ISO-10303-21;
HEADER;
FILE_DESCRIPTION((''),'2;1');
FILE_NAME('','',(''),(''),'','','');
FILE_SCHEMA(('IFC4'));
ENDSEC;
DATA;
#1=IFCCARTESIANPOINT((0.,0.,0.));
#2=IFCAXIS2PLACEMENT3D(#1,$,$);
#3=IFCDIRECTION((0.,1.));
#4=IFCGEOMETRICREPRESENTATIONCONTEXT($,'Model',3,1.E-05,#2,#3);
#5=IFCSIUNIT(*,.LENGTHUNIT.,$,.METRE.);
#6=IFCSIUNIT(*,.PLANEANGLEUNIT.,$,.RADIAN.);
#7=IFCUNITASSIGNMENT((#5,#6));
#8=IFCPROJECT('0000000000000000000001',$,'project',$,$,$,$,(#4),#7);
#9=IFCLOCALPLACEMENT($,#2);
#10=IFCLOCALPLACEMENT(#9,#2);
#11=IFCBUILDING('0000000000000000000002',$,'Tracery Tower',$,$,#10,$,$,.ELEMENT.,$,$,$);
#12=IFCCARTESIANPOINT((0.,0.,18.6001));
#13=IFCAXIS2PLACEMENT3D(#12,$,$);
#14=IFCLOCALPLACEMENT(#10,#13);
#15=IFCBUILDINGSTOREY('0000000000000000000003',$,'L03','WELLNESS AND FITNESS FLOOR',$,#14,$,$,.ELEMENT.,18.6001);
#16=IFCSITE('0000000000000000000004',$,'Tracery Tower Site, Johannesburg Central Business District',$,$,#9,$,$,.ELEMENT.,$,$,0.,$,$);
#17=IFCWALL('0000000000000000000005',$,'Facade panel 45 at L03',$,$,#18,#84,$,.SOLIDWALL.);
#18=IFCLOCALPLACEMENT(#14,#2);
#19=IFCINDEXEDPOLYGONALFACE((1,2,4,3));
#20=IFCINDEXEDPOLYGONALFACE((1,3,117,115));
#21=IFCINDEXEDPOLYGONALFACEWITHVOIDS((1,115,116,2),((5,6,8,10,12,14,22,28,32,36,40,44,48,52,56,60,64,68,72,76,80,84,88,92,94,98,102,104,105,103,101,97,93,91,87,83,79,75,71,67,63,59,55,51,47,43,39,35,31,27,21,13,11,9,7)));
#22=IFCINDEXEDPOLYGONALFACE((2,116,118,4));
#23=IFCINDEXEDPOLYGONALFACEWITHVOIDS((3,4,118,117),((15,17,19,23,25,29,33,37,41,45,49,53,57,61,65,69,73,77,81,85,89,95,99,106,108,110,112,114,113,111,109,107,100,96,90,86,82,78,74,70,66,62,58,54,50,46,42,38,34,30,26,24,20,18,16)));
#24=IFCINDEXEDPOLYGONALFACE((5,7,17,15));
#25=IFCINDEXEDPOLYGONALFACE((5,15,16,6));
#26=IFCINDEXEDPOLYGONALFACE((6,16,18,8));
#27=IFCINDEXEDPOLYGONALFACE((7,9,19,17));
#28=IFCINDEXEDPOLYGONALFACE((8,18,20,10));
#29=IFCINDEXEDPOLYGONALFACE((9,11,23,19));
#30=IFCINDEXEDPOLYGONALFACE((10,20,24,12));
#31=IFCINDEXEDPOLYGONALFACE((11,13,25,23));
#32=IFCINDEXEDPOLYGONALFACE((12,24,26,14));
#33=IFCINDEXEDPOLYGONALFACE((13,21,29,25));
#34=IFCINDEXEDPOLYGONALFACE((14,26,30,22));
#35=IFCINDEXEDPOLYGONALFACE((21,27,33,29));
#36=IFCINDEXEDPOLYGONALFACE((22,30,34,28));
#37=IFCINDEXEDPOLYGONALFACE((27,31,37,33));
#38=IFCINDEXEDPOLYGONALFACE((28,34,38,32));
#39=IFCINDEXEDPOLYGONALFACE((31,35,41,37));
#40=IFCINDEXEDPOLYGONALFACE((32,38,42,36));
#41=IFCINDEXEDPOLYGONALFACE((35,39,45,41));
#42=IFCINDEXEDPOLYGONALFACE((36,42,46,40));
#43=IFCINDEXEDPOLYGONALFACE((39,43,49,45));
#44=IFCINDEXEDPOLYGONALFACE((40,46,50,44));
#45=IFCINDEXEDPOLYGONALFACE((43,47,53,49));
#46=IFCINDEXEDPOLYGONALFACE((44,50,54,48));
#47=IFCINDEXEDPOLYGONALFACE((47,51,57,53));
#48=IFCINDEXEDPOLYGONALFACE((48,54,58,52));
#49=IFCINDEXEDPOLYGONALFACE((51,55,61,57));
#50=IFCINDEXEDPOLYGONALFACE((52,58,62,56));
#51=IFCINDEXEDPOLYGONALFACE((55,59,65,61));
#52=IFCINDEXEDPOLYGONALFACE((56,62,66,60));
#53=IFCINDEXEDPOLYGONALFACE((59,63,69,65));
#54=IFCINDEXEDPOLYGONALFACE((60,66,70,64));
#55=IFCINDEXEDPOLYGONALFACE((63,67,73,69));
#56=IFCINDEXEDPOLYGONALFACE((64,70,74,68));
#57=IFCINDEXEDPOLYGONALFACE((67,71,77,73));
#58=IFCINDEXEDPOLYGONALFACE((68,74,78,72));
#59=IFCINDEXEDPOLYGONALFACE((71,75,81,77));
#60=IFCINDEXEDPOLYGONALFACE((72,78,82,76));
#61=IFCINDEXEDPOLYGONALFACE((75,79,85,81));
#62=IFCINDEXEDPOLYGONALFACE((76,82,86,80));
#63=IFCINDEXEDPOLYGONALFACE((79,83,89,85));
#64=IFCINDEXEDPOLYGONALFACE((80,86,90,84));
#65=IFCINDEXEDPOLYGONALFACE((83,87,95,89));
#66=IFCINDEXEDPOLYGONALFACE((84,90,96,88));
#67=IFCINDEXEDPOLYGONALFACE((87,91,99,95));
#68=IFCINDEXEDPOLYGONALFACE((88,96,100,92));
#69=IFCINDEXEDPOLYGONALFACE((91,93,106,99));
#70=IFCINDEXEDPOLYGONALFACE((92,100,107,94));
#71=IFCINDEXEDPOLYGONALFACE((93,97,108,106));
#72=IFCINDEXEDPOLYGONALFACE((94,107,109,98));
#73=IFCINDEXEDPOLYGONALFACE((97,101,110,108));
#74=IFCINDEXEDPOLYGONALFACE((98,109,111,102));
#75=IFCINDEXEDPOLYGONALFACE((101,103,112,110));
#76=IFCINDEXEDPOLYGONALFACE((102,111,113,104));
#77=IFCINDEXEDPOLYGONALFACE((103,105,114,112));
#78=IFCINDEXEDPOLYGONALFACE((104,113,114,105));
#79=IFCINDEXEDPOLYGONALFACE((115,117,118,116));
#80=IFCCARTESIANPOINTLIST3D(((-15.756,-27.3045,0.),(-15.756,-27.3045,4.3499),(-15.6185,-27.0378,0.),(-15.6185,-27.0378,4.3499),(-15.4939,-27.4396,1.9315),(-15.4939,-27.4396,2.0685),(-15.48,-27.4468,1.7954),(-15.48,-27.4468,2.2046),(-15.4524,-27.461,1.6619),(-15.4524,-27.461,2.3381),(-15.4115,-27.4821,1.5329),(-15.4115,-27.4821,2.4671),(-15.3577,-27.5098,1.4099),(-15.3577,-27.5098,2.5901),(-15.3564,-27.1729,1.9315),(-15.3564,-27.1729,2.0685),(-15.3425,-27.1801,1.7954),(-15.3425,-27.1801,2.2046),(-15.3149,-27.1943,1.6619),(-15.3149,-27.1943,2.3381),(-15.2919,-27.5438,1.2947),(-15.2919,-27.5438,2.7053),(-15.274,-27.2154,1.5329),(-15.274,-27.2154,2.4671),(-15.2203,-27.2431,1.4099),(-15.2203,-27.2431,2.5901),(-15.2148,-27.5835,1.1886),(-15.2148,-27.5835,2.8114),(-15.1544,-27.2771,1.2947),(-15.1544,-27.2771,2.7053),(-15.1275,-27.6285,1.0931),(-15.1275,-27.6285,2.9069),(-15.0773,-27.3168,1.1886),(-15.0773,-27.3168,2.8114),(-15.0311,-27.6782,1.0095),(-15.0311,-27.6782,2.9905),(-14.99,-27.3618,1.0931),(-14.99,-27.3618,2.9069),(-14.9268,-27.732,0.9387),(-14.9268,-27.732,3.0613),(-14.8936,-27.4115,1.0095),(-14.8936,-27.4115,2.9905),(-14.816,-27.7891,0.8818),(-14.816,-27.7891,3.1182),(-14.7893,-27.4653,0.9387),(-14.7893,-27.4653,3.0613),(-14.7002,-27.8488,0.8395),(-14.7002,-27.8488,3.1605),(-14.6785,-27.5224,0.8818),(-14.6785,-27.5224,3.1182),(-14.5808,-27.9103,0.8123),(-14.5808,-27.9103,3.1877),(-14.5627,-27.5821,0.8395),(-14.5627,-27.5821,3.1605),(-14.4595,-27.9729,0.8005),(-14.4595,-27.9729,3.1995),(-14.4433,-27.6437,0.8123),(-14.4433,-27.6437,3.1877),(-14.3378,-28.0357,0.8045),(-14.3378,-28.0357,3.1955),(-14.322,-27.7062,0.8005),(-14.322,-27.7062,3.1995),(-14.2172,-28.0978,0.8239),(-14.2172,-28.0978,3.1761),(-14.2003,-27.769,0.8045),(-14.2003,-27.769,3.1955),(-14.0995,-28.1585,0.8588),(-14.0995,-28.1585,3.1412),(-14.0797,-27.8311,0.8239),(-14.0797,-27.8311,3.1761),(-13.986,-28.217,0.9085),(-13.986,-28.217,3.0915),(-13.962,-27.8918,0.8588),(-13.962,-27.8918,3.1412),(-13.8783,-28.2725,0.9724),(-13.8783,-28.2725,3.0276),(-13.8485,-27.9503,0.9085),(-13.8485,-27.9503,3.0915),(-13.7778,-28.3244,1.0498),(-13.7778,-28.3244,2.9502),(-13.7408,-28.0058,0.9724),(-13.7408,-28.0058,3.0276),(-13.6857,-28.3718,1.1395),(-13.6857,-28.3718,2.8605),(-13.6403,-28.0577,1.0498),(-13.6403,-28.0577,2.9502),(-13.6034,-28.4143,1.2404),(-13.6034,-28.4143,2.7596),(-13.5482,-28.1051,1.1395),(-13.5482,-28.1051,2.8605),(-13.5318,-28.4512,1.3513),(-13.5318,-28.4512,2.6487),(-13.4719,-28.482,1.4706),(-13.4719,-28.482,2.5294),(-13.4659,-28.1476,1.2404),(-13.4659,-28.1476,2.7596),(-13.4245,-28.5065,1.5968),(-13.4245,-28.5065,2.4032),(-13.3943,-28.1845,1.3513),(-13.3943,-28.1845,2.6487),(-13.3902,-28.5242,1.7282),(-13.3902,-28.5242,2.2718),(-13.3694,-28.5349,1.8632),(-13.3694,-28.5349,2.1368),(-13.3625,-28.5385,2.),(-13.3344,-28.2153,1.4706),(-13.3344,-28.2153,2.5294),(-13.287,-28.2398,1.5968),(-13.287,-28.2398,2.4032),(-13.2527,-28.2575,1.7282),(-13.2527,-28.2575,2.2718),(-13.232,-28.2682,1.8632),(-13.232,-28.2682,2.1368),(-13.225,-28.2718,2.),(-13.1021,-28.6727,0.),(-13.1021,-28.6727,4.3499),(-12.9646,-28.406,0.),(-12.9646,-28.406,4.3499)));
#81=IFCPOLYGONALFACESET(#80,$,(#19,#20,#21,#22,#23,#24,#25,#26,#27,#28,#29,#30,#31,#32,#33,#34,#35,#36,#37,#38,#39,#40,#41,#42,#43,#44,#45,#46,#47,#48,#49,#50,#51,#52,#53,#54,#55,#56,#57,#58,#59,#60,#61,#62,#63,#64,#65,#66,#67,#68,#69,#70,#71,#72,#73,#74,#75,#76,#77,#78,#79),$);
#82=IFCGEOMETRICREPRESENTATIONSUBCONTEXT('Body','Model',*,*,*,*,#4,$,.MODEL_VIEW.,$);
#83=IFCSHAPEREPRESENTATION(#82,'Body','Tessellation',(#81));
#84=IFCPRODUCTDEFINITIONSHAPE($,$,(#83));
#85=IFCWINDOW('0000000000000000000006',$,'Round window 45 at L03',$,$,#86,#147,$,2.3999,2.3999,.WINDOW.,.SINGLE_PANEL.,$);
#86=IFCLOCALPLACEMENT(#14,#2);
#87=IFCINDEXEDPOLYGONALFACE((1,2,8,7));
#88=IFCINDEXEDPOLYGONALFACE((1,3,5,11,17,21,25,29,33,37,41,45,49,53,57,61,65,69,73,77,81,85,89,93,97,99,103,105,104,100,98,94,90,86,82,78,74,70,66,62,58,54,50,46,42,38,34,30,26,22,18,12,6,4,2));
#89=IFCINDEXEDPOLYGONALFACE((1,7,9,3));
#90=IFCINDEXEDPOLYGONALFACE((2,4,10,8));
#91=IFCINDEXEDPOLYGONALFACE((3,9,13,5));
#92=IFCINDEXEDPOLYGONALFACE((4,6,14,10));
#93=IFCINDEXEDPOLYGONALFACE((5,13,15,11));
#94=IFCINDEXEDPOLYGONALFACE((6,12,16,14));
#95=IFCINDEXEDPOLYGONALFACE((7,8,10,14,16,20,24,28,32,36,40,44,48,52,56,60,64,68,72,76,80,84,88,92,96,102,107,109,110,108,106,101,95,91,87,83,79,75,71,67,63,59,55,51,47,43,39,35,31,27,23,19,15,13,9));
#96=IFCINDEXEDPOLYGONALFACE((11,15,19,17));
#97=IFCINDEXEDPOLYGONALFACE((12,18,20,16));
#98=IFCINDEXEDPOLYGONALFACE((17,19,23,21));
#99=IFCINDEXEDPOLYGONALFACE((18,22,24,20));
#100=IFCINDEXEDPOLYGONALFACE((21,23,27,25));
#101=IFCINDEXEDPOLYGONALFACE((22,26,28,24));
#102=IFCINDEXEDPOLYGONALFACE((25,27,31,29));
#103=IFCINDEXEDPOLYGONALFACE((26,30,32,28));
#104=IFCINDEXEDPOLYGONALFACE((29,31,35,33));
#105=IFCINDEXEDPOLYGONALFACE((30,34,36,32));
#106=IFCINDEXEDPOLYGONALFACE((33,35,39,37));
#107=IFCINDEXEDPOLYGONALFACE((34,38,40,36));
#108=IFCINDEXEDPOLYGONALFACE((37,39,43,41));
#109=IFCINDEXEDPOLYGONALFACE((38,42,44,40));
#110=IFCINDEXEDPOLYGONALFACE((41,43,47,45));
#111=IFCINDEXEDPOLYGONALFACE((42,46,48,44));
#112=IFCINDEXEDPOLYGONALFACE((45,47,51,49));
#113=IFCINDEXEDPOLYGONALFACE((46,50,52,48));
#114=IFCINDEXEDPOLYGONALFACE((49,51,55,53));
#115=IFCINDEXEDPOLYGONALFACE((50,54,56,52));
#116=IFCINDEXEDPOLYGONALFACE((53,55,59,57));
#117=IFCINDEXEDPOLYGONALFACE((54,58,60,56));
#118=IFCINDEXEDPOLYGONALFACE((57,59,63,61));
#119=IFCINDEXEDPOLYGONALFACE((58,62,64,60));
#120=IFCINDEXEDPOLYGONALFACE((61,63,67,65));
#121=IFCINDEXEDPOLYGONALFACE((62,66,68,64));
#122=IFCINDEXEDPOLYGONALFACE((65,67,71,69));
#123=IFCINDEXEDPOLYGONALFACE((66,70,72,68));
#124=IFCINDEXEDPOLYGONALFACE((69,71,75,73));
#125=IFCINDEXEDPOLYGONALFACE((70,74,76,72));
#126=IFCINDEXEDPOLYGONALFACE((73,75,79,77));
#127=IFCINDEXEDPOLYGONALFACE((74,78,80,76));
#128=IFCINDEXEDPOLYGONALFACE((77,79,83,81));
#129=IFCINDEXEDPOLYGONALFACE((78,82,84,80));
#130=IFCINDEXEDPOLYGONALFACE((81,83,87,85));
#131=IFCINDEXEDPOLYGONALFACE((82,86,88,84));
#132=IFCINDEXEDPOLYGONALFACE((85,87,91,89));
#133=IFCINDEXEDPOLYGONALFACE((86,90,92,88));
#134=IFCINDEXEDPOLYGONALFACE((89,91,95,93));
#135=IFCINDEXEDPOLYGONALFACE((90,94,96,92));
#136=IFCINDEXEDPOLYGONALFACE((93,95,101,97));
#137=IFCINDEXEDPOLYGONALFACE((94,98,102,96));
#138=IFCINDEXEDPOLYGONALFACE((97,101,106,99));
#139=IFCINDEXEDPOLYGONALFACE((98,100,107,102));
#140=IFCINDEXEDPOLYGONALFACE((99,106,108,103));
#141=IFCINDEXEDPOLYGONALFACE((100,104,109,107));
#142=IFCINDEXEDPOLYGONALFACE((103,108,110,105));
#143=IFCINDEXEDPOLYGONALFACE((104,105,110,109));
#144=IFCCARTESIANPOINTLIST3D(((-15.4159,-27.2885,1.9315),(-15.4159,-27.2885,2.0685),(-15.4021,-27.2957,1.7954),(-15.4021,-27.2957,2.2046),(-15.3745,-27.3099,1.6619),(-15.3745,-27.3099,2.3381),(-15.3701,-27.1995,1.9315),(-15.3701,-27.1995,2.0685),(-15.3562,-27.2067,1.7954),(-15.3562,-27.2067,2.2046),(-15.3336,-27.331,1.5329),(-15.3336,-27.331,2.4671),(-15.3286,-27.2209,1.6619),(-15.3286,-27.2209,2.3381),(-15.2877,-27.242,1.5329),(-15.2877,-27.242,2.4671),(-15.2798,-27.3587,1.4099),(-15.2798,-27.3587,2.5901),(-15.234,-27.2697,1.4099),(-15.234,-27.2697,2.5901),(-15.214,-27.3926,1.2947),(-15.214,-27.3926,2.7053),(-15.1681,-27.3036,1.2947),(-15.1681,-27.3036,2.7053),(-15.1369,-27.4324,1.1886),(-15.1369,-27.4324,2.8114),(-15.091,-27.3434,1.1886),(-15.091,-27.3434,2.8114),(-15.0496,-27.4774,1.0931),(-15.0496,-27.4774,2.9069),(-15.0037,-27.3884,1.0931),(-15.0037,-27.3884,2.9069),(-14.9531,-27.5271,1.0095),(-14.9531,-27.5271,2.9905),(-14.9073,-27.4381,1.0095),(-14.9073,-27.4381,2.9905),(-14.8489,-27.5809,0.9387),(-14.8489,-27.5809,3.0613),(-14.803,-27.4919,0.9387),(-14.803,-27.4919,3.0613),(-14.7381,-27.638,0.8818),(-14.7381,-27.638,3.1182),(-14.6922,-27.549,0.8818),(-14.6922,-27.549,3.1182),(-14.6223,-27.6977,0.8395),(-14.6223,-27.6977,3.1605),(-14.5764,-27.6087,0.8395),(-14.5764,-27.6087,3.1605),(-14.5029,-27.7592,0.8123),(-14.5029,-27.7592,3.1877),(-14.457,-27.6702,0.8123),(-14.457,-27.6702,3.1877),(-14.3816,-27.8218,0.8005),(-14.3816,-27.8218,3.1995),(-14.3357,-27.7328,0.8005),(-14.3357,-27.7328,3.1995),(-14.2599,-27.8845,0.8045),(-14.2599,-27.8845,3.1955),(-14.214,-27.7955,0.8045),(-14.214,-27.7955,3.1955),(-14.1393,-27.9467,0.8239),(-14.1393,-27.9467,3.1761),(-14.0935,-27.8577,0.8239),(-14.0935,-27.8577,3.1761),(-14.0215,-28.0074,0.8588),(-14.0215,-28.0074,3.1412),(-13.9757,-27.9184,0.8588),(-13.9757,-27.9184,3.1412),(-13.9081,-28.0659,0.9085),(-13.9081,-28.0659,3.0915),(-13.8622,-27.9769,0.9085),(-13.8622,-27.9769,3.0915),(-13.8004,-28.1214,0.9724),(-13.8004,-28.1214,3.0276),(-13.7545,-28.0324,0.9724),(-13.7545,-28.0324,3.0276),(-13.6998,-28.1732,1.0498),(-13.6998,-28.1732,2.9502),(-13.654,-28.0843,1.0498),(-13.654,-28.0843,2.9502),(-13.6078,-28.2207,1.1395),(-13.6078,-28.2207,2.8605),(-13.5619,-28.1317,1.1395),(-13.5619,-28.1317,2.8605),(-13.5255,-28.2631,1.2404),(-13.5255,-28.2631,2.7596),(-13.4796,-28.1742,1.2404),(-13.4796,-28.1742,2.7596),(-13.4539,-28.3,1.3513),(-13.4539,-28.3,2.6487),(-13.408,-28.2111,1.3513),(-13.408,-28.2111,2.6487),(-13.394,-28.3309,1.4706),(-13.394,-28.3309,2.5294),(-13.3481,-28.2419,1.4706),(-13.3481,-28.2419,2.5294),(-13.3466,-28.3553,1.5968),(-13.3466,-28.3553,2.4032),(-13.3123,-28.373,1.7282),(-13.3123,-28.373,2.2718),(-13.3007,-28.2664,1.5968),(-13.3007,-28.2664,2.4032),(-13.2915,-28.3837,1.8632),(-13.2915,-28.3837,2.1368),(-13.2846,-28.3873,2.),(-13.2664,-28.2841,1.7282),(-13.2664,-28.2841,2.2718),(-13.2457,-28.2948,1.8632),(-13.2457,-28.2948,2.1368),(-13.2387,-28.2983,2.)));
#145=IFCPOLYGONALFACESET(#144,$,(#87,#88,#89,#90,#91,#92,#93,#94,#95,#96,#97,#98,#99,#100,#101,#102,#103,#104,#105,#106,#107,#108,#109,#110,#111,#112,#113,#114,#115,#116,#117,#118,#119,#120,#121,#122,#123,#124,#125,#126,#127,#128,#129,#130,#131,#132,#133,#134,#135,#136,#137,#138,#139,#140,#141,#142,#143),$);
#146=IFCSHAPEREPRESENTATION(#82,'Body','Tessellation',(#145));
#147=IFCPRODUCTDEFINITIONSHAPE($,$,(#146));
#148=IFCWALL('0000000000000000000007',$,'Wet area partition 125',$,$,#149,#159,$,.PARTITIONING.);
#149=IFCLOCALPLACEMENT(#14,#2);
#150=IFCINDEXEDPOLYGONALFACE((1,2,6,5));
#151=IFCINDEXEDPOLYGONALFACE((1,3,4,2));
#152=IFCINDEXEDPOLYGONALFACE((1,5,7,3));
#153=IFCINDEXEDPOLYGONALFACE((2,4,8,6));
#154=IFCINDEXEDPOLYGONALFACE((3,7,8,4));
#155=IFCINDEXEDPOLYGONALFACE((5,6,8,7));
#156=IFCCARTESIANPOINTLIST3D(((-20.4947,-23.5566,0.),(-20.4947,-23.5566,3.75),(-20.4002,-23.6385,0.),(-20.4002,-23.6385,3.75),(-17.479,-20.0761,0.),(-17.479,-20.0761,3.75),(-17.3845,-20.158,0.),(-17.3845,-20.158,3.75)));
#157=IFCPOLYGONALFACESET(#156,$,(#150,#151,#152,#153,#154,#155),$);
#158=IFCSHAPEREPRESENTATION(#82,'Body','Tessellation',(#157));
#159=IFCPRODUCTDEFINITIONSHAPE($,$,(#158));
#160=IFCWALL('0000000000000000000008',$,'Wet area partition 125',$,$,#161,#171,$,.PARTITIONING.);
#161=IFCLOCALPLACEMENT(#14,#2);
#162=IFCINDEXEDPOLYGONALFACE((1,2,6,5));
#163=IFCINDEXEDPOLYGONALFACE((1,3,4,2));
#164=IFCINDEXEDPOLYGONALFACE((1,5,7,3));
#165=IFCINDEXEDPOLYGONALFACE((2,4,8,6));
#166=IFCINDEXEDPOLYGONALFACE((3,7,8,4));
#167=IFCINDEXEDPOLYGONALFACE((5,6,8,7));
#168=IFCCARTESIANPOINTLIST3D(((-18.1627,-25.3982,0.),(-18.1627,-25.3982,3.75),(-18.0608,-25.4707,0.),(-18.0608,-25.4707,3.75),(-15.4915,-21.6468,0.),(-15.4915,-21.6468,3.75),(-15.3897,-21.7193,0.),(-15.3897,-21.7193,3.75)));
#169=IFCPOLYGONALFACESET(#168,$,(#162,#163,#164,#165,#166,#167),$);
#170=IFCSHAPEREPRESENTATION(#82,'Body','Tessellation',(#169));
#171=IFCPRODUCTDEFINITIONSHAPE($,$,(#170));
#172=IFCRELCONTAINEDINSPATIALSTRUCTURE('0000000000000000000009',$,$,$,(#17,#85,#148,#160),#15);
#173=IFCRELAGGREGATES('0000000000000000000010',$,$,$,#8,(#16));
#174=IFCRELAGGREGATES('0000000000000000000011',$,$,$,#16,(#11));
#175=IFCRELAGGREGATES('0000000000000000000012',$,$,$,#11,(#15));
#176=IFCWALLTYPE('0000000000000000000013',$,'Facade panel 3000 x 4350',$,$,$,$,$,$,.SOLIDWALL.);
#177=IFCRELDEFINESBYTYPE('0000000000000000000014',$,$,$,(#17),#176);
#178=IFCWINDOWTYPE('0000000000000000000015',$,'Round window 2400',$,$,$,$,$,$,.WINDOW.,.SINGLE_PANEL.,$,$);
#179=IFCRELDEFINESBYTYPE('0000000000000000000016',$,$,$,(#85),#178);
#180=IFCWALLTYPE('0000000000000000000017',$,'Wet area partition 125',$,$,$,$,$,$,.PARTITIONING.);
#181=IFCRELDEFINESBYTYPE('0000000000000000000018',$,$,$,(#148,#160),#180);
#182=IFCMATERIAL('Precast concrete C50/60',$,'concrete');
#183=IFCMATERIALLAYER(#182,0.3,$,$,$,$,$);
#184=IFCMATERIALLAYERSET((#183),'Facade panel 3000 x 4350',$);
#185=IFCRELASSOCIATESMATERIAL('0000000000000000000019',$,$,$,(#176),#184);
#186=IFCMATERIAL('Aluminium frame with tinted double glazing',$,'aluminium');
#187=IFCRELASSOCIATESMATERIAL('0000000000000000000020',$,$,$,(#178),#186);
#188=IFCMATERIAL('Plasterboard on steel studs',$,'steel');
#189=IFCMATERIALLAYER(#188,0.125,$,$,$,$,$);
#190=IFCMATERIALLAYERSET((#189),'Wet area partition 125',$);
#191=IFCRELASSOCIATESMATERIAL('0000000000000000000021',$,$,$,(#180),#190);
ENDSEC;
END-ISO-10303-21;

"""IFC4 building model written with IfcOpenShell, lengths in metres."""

from ifc_helpers import new_model, si_unit, direction, frame, frame_2d, origin, origin_2d, place, context, subcontext, project, spatial, rectangle, circle, extrude, material, layer, layer_set, type_object, element, fill, save


model = new_model("IFC4")

# Units and contexts
model_context = context("Model", 3, precision=1e-05, world=origin(), true_north=direction((0.0, 1.0)))
body_context = subcontext(model_context, "Body", "Model", "MODEL_VIEW")
ifc_project = project(units=[si_unit("LENGTHUNIT", "METRE"), si_unit("PLANEANGLEUNIT", "RADIAN")], contexts=[model_context])

# Site, building, storey
site_placement = place(None, origin())
site = spatial("IfcSite", under=ifc_project, at=site_placement, Name="Tracery Tower Site, Johannesburg Central Business District", CompositionType="ELEMENT", RefElevation=0.0)
building_placement = place(site_placement, origin())
building = spatial("IfcBuilding", under=site, at=building_placement, Name="Tracery Tower", CompositionType="ELEMENT")
storey_placement = place(building_placement, frame((0.0, 0.0, 18.6001)))
storey = spatial("IfcBuildingStorey", under=building, at=storey_placement, Name="L03", Description="WELLNESS AND FITNESS FLOOR", CompositionType="ELEMENT", Elevation=18.6001)

# Wall, opening, window
ifc_material_1 = material(Name="Precast concrete C50/60", Category="concrete")
ifc_layer_1 = layer(ifc_material_1, 0.3)
ifc_layer_set_1 = layer_set([ifc_layer_1], Name="Facade panel 3000 x 4350")
wall_type_1 = type_object("IfcWallType", Name="Facade panel 3000 x 4350", PredefinedType="SOLIDWALL", material=ifc_layer_set_1)
ifc_material_2 = material(Name="Aluminium frame with tinted double glazing", Category="aluminium")
window_type = type_object("IfcWindowType", Name="Round window 2400", PartitioningType="SINGLE_PANEL", PredefinedType="WINDOW", material=ifc_material_2)
wall_1_placement = place(storey_placement, frame((-15.6873, -27.1711, 0.0), z_axis=(0.0, 0.0, 1.0), x_axis=(0.888831, -0.458235, 0.0)))
wall_1 = element("IfcWall", 1, at=wall_1_placement, inside=storey, type_object=wall_type_1, Name="Facade panel 45 at L03", PredefinedType="SOLIDWALL", context=body_context, shape_type="SweptSolid", body=[
    extrude(rectangle(XDim=2.9858, YDim=0.3, at=frame_2d((1.4929, 0.0))), origin(), (0.0, 0.0, 1.0), 4.3499),
])
opening_1_placement = place(wall_1_placement, frame((1.4929, 0.0, 2.0)))
opening_1 = element("IfcOpeningElement", 2, at=opening_1_placement, cuts=wall_1, PredefinedType="OPENING", context=body_context, shape_type="SweptSolid", body=[
    extrude(circle(Radius=1.2, at=origin_2d()), frame((0.0, 0.1599, 0.0), z_axis=(0.0, -1.0, 0.0), x_axis=(1.0, 0.0, 0.0)), (0.0, 0.0, 1.0), 0.3201),
])
window_1_placement = place(opening_1_placement, origin())
window_1 = element("IfcWindow", 3, at=window_1_placement, inside=storey, type_object=window_type, Name="Round window 45 at L03", OverallHeight=2.3999, OverallWidth=2.3999, PartitioningType="SINGLE_PANEL", PredefinedType="WINDOW", context=body_context, shape_type="SweptSolid", body=[
    extrude(circle(Radius=1.2, at=origin_2d()), frame((0.0, 0.1201, 0.0), z_axis=(0.0, -1.0, 0.0), x_axis=(1.0, 0.0, 0.0)), (0.0, 0.0, 1.0), 0.1001),
])
fill(opening_1, window_1)

# Walls
ifc_material_3 = material(Name="Plasterboard on steel studs", Category="steel")
ifc_layer_2 = layer(ifc_material_3, 0.125)
ifc_layer_set_2 = layer_set([ifc_layer_2], Name="Wet area partition 125")
wall_type_2 = type_object("IfcWallType", Name="Wet area partition 125", PredefinedType="PARTITIONING", material=ifc_layer_set_2)
for number, where, z_axis, x_axis, name in (
    (4, (-20.4475, -23.5977, 0.0), (0.0, 0.0, 1.0), (0.654834, 0.755773, 0.0), "Wet area partition 125"),
    (5, (-18.1118, -25.4346, 0.0), (0.0, 0.0, 1.0), (0.580019, 0.814603, 0.0), "Wet area partition 125"),
):
    element("IfcWall", number, at=place(storey_placement, frame(where, z_axis=z_axis, x_axis=x_axis)), inside=storey, type_object=wall_type_2, Name=name, PredefinedType="PARTITIONING", context=body_context, shape_type="SweptSolid", body=[
        extrude(rectangle(XDim=4.6052, YDim=0.125, at=frame_2d((2.3027, 0.0))), origin(), (0.0, 0.0, 1.0), 3.75),
    ])

save(model, "model.ifc")
